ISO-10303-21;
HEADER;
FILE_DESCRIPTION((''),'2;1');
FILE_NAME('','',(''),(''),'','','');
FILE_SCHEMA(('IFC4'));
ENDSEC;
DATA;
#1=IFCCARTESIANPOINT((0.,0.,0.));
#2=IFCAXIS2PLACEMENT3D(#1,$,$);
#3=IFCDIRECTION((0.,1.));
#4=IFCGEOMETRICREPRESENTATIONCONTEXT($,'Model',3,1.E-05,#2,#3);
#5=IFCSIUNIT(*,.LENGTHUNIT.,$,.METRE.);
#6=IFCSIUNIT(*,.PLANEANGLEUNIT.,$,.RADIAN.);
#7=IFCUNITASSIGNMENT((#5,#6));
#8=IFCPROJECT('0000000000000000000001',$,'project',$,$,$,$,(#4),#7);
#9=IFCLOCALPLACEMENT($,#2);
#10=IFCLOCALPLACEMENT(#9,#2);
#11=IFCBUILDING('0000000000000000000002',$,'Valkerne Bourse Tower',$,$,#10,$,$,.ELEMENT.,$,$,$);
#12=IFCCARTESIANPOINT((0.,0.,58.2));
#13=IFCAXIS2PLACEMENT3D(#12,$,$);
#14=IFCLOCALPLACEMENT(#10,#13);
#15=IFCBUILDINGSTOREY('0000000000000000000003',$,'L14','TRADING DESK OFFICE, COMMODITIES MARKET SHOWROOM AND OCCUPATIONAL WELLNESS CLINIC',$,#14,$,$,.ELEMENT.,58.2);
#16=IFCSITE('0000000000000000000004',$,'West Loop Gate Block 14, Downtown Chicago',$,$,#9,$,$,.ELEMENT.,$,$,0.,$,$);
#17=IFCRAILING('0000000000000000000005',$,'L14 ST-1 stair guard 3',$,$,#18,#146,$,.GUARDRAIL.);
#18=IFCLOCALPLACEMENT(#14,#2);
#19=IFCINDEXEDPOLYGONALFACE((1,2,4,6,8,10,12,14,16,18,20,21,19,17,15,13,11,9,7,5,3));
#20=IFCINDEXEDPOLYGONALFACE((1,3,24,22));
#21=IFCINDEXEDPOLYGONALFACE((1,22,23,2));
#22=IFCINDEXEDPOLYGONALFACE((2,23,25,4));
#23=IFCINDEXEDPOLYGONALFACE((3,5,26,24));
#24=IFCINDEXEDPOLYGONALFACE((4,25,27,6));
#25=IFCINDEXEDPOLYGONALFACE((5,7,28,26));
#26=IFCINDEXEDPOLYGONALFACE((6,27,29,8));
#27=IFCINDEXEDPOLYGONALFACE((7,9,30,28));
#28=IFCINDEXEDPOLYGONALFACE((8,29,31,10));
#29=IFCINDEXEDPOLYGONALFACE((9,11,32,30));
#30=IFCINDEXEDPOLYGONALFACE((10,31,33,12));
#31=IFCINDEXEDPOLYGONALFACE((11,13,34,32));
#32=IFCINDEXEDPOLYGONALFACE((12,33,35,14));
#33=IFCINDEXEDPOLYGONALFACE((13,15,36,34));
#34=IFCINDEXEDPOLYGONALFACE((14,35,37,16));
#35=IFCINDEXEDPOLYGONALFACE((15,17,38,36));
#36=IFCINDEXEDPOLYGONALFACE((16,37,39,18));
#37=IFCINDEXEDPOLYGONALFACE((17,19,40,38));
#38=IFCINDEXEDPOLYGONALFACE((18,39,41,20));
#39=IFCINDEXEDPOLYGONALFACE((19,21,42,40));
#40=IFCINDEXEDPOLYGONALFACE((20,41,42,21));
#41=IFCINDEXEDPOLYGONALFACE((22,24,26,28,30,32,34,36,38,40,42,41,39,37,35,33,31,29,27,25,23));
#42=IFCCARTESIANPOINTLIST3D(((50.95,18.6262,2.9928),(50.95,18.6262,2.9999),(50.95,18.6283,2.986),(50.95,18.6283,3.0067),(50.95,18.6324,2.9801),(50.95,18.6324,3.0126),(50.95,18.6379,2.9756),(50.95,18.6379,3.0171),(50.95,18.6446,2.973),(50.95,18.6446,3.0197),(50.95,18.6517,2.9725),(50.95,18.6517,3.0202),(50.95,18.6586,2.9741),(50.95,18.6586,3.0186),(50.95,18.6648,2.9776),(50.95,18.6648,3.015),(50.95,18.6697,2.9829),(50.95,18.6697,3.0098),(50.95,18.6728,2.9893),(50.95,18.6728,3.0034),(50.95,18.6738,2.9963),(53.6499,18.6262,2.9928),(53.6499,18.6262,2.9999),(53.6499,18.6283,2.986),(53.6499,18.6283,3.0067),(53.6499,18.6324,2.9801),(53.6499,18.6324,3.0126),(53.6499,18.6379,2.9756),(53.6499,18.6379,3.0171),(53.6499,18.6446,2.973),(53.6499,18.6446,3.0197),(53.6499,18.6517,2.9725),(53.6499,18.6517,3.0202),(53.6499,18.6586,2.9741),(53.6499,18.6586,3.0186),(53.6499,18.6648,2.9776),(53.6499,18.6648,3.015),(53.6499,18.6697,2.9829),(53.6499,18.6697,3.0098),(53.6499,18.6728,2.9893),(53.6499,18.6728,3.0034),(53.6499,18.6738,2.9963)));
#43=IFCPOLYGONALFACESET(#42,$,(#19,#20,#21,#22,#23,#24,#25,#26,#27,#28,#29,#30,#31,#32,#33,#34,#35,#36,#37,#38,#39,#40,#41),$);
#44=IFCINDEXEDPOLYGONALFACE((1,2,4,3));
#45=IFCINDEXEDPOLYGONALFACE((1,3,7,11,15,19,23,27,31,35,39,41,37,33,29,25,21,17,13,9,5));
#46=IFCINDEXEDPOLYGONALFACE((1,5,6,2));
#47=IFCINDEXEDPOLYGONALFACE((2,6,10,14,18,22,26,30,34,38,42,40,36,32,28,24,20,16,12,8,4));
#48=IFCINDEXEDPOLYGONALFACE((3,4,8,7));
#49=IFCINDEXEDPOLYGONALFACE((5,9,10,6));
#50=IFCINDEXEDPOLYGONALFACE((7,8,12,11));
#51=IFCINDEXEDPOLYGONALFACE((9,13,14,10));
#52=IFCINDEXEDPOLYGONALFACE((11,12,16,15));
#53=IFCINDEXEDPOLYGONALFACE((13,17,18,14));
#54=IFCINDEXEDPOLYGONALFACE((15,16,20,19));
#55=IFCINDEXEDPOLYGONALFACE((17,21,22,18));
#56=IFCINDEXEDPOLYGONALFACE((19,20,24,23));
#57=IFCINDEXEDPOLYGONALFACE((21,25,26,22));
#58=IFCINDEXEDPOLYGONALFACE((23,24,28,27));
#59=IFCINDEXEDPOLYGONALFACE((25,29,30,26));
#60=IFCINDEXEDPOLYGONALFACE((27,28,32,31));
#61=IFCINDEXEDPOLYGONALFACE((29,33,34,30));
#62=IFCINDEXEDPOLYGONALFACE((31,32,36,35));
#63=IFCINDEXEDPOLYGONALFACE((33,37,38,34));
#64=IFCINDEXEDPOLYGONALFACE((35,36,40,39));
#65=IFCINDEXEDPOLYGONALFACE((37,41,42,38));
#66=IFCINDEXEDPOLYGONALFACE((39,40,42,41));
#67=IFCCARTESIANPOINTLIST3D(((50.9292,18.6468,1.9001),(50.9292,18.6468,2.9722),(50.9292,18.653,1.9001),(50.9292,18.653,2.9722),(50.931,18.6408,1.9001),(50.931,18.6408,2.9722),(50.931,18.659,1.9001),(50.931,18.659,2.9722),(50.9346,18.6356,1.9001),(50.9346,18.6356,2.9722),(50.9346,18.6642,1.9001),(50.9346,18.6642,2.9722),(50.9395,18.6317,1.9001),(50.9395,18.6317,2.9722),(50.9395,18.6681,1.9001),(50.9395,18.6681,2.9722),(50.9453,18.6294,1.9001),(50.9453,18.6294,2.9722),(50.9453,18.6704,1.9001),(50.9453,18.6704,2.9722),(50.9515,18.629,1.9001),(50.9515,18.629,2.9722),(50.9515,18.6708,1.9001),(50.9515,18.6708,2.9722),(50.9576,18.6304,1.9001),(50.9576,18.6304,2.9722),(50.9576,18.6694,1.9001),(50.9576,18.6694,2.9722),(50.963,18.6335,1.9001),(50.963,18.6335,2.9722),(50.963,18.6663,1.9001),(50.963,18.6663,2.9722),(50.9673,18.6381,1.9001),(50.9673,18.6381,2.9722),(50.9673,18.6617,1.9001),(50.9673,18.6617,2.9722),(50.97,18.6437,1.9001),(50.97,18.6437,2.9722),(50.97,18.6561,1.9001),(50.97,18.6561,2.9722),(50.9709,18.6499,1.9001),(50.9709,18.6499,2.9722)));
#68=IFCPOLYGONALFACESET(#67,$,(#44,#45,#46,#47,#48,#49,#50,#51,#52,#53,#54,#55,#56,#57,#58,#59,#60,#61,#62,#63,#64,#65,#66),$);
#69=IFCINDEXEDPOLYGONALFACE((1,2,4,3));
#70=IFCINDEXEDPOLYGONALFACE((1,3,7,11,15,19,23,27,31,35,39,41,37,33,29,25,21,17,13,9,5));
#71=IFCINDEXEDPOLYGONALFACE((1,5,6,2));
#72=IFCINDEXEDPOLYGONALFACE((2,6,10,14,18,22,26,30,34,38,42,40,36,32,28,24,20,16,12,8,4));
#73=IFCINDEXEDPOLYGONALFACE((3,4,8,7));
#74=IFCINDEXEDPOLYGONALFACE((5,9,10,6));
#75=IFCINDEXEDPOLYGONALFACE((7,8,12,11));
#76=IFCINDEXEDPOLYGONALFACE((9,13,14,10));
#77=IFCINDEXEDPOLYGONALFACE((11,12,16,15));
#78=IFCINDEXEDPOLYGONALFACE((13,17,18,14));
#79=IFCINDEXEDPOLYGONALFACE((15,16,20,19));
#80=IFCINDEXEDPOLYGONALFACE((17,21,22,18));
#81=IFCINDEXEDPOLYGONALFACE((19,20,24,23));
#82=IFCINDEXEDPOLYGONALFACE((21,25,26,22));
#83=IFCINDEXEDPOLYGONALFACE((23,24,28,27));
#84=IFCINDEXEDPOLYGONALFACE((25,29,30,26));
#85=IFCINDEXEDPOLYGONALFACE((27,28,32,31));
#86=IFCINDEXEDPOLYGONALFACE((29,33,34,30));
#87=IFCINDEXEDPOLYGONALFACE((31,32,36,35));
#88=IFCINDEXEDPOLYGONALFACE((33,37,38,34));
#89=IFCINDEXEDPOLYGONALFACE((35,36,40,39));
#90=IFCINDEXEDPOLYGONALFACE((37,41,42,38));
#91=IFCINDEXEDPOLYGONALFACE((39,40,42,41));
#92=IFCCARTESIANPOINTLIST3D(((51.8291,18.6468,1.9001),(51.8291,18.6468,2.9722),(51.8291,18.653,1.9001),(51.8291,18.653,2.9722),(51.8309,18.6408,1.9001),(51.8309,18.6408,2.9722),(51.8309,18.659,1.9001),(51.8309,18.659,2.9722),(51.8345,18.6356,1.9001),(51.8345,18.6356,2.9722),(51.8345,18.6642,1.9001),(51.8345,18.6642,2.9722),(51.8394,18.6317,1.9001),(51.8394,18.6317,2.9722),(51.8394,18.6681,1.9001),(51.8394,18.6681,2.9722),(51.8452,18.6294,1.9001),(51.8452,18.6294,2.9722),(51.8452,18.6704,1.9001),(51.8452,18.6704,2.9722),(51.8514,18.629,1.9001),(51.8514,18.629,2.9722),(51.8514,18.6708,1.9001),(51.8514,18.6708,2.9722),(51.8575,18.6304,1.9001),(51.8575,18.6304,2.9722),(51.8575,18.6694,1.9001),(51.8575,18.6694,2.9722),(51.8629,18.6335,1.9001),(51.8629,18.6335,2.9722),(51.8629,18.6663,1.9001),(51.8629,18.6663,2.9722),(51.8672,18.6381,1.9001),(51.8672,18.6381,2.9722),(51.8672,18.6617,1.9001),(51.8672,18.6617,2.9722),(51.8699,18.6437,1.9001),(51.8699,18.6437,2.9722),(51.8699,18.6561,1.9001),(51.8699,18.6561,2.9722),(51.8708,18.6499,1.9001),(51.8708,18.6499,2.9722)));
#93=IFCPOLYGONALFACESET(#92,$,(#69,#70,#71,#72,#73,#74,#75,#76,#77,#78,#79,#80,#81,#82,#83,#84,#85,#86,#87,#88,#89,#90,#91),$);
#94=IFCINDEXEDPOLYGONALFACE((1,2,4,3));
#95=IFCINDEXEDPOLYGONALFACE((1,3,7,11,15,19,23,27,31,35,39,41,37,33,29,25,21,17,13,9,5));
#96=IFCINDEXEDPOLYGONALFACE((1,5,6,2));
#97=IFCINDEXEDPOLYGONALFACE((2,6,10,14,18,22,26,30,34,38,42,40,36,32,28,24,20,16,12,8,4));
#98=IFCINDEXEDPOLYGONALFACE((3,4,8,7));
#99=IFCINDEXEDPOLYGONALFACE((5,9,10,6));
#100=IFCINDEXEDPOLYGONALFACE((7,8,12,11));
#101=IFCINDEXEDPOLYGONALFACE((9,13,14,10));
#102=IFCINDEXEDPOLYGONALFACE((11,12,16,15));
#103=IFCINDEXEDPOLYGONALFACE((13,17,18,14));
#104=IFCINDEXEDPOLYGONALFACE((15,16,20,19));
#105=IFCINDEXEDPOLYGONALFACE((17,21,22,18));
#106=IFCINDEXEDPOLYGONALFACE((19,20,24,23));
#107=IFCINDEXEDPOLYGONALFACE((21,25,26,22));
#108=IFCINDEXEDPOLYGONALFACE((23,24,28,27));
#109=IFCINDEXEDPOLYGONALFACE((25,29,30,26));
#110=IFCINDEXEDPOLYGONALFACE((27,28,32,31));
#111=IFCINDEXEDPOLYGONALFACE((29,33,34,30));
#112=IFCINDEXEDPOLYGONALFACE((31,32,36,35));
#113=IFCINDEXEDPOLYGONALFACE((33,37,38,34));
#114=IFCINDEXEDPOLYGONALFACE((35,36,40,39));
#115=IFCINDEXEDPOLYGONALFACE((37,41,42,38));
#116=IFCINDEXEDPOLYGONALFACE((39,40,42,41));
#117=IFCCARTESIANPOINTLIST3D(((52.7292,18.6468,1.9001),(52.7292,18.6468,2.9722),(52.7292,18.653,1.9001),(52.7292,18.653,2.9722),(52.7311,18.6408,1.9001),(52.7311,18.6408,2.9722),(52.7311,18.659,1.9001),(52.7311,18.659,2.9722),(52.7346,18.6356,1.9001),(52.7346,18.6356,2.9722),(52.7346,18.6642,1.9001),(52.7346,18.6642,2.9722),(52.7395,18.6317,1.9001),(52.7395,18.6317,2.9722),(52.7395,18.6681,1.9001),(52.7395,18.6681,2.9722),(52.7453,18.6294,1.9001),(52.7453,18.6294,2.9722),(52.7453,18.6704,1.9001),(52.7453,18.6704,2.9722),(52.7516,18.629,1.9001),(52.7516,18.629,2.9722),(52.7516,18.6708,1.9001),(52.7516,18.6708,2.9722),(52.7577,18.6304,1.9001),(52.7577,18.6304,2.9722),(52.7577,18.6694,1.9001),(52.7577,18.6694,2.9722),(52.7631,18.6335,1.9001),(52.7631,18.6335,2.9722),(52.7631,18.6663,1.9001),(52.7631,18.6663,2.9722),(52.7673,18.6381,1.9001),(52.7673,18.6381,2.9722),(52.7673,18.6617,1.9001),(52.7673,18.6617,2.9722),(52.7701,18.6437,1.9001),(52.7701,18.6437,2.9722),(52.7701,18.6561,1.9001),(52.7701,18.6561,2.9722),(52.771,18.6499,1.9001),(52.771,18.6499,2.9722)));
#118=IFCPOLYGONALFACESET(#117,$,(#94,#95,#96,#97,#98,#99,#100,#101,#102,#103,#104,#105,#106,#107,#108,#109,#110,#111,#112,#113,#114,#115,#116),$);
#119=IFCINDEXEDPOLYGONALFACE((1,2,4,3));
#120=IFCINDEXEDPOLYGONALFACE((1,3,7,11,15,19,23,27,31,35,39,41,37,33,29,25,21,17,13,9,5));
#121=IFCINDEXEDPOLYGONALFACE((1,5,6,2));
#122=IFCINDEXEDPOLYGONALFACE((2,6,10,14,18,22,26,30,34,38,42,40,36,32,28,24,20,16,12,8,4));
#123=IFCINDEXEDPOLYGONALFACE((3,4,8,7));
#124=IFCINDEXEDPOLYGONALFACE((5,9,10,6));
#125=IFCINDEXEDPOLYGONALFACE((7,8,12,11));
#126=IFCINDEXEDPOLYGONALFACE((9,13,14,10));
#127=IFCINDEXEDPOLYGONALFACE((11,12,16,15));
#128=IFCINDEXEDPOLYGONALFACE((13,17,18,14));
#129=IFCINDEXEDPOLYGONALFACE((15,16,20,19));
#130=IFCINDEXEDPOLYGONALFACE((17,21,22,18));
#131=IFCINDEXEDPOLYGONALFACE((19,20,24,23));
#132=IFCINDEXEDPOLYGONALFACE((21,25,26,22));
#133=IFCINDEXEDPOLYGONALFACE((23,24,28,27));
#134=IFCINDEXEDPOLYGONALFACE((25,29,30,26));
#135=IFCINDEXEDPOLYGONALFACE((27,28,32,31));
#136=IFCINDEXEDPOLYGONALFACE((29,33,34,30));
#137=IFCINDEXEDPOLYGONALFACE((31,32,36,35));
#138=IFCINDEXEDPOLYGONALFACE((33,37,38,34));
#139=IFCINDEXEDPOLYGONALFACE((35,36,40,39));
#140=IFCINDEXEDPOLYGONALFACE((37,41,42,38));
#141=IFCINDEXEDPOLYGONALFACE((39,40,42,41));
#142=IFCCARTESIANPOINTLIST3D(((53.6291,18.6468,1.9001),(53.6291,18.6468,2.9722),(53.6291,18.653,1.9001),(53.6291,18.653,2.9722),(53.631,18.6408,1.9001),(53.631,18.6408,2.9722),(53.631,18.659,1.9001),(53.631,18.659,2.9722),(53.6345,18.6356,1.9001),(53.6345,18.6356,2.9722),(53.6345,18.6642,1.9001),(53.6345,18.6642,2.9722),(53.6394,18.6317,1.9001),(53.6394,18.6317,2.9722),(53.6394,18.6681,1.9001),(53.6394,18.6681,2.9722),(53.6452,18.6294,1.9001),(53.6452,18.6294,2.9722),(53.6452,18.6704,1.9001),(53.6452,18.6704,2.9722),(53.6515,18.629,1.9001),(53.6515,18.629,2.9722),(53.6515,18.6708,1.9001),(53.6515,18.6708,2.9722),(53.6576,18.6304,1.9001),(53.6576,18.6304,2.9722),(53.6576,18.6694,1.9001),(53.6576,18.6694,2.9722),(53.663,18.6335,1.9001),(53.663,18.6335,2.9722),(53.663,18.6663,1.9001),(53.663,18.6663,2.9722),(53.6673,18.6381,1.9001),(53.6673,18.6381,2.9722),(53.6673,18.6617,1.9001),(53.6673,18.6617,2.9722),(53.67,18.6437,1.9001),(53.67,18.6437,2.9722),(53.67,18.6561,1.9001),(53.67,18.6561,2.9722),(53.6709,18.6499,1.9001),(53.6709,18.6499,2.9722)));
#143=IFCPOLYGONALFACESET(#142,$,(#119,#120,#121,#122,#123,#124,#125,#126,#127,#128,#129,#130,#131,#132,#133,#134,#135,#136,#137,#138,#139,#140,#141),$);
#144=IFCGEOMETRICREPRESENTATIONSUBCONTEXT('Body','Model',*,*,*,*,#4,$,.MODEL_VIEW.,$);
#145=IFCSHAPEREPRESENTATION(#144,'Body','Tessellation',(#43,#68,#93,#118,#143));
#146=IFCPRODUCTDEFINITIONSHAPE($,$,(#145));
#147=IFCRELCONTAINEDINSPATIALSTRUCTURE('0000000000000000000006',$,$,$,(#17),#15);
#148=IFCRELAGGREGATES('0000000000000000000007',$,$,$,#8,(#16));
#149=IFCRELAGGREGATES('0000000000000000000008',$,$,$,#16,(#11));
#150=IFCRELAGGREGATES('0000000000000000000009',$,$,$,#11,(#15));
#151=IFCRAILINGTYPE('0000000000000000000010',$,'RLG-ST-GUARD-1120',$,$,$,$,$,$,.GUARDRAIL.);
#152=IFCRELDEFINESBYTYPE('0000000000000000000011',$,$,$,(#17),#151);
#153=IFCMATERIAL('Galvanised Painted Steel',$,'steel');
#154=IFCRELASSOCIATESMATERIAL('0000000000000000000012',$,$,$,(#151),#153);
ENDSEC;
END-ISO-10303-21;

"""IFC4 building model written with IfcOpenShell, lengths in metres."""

from ifc_helpers import new_model, si_unit, direction, frame, origin, origin_2d, place, context, subcontext, project, spatial, circle, extrude, material, type_object, element, save


model = new_model("IFC4")

# Units and contexts
model_context = context("Model", 3, precision=1e-05, world=origin(), true_north=direction((0.0, 1.0)))
body_context = subcontext(model_context, "Body", "Model", "MODEL_VIEW")
ifc_project = project(units=[si_unit("LENGTHUNIT", "METRE"), si_unit("PLANEANGLEUNIT", "RADIAN")], contexts=[model_context])

# Site, building, storey
site_placement = place(None, origin())
site = spatial("IfcSite", under=ifc_project, at=site_placement, Name="West Loop Gate Block 14, Downtown Chicago", CompositionType="ELEMENT", RefElevation=0.0)
building_placement = place(site_placement, origin())
building = spatial("IfcBuilding", under=site, at=building_placement, Name="Valkerne Bourse Tower", CompositionType="ELEMENT")
storey_placement = place(building_placement, frame((0.0, 0.0, 58.2)))
storey = spatial("IfcBuildingStorey", under=building, at=storey_placement, Name="L14", Description="TRADING DESK OFFICE, COMMODITIES MARKET SHOWROOM AND OCCUPATIONAL WELLNESS CLINIC", CompositionType="ELEMENT", Elevation=58.2)

# Shared definitions
ifc_material_1 = material(Name="Galvanised Painted Steel", Category="steel")

# Railing
railing_type_1 = type_object("IfcRailingType", Name="RLG-ST-GUARD-1120", PredefinedType="GUARDRAIL", material=ifc_material_1)
for number, where, name in (
    (1, (50.95, 18.6499, 1.9001), "L14 ST-1 stair guard 3"),
):
    element("IfcRailing", number, at=place(storey_placement, frame(where)), inside=storey, type_object=railing_type_1, Name=name, PredefinedType="GUARDRAIL", context=body_context, shape_type="SweptSolid", body=[
        extrude(circle(Radius=0.0239, at=origin_2d()), frame((0.0, 0.0, 1.0962), z_axis=(1.0, 0.0, 0.0), x_axis=(0.0, 1.0, 0.0)), (0.0, 0.0, 1.0), 2.7),
        extrude(circle(Radius=0.021, at=origin_2d()), origin(), (0.0, 0.0, 1.0), 1.072),
        extrude(circle(Radius=0.021, at=origin_2d()), frame((0.8999, 0.0, 0.0)), (0.0, 0.0, 1.0), 1.072),
        extrude(circle(Radius=0.021, at=origin_2d()), frame((1.8, 0.0, 0.0)), (0.0, 0.0, 1.0), 1.072),
        extrude(circle(Radius=0.021, at=origin_2d()), frame((2.7, 0.0, 0.0)), (0.0, 0.0, 1.0), 1.072),
    ])

save(model, "model.ifc")
